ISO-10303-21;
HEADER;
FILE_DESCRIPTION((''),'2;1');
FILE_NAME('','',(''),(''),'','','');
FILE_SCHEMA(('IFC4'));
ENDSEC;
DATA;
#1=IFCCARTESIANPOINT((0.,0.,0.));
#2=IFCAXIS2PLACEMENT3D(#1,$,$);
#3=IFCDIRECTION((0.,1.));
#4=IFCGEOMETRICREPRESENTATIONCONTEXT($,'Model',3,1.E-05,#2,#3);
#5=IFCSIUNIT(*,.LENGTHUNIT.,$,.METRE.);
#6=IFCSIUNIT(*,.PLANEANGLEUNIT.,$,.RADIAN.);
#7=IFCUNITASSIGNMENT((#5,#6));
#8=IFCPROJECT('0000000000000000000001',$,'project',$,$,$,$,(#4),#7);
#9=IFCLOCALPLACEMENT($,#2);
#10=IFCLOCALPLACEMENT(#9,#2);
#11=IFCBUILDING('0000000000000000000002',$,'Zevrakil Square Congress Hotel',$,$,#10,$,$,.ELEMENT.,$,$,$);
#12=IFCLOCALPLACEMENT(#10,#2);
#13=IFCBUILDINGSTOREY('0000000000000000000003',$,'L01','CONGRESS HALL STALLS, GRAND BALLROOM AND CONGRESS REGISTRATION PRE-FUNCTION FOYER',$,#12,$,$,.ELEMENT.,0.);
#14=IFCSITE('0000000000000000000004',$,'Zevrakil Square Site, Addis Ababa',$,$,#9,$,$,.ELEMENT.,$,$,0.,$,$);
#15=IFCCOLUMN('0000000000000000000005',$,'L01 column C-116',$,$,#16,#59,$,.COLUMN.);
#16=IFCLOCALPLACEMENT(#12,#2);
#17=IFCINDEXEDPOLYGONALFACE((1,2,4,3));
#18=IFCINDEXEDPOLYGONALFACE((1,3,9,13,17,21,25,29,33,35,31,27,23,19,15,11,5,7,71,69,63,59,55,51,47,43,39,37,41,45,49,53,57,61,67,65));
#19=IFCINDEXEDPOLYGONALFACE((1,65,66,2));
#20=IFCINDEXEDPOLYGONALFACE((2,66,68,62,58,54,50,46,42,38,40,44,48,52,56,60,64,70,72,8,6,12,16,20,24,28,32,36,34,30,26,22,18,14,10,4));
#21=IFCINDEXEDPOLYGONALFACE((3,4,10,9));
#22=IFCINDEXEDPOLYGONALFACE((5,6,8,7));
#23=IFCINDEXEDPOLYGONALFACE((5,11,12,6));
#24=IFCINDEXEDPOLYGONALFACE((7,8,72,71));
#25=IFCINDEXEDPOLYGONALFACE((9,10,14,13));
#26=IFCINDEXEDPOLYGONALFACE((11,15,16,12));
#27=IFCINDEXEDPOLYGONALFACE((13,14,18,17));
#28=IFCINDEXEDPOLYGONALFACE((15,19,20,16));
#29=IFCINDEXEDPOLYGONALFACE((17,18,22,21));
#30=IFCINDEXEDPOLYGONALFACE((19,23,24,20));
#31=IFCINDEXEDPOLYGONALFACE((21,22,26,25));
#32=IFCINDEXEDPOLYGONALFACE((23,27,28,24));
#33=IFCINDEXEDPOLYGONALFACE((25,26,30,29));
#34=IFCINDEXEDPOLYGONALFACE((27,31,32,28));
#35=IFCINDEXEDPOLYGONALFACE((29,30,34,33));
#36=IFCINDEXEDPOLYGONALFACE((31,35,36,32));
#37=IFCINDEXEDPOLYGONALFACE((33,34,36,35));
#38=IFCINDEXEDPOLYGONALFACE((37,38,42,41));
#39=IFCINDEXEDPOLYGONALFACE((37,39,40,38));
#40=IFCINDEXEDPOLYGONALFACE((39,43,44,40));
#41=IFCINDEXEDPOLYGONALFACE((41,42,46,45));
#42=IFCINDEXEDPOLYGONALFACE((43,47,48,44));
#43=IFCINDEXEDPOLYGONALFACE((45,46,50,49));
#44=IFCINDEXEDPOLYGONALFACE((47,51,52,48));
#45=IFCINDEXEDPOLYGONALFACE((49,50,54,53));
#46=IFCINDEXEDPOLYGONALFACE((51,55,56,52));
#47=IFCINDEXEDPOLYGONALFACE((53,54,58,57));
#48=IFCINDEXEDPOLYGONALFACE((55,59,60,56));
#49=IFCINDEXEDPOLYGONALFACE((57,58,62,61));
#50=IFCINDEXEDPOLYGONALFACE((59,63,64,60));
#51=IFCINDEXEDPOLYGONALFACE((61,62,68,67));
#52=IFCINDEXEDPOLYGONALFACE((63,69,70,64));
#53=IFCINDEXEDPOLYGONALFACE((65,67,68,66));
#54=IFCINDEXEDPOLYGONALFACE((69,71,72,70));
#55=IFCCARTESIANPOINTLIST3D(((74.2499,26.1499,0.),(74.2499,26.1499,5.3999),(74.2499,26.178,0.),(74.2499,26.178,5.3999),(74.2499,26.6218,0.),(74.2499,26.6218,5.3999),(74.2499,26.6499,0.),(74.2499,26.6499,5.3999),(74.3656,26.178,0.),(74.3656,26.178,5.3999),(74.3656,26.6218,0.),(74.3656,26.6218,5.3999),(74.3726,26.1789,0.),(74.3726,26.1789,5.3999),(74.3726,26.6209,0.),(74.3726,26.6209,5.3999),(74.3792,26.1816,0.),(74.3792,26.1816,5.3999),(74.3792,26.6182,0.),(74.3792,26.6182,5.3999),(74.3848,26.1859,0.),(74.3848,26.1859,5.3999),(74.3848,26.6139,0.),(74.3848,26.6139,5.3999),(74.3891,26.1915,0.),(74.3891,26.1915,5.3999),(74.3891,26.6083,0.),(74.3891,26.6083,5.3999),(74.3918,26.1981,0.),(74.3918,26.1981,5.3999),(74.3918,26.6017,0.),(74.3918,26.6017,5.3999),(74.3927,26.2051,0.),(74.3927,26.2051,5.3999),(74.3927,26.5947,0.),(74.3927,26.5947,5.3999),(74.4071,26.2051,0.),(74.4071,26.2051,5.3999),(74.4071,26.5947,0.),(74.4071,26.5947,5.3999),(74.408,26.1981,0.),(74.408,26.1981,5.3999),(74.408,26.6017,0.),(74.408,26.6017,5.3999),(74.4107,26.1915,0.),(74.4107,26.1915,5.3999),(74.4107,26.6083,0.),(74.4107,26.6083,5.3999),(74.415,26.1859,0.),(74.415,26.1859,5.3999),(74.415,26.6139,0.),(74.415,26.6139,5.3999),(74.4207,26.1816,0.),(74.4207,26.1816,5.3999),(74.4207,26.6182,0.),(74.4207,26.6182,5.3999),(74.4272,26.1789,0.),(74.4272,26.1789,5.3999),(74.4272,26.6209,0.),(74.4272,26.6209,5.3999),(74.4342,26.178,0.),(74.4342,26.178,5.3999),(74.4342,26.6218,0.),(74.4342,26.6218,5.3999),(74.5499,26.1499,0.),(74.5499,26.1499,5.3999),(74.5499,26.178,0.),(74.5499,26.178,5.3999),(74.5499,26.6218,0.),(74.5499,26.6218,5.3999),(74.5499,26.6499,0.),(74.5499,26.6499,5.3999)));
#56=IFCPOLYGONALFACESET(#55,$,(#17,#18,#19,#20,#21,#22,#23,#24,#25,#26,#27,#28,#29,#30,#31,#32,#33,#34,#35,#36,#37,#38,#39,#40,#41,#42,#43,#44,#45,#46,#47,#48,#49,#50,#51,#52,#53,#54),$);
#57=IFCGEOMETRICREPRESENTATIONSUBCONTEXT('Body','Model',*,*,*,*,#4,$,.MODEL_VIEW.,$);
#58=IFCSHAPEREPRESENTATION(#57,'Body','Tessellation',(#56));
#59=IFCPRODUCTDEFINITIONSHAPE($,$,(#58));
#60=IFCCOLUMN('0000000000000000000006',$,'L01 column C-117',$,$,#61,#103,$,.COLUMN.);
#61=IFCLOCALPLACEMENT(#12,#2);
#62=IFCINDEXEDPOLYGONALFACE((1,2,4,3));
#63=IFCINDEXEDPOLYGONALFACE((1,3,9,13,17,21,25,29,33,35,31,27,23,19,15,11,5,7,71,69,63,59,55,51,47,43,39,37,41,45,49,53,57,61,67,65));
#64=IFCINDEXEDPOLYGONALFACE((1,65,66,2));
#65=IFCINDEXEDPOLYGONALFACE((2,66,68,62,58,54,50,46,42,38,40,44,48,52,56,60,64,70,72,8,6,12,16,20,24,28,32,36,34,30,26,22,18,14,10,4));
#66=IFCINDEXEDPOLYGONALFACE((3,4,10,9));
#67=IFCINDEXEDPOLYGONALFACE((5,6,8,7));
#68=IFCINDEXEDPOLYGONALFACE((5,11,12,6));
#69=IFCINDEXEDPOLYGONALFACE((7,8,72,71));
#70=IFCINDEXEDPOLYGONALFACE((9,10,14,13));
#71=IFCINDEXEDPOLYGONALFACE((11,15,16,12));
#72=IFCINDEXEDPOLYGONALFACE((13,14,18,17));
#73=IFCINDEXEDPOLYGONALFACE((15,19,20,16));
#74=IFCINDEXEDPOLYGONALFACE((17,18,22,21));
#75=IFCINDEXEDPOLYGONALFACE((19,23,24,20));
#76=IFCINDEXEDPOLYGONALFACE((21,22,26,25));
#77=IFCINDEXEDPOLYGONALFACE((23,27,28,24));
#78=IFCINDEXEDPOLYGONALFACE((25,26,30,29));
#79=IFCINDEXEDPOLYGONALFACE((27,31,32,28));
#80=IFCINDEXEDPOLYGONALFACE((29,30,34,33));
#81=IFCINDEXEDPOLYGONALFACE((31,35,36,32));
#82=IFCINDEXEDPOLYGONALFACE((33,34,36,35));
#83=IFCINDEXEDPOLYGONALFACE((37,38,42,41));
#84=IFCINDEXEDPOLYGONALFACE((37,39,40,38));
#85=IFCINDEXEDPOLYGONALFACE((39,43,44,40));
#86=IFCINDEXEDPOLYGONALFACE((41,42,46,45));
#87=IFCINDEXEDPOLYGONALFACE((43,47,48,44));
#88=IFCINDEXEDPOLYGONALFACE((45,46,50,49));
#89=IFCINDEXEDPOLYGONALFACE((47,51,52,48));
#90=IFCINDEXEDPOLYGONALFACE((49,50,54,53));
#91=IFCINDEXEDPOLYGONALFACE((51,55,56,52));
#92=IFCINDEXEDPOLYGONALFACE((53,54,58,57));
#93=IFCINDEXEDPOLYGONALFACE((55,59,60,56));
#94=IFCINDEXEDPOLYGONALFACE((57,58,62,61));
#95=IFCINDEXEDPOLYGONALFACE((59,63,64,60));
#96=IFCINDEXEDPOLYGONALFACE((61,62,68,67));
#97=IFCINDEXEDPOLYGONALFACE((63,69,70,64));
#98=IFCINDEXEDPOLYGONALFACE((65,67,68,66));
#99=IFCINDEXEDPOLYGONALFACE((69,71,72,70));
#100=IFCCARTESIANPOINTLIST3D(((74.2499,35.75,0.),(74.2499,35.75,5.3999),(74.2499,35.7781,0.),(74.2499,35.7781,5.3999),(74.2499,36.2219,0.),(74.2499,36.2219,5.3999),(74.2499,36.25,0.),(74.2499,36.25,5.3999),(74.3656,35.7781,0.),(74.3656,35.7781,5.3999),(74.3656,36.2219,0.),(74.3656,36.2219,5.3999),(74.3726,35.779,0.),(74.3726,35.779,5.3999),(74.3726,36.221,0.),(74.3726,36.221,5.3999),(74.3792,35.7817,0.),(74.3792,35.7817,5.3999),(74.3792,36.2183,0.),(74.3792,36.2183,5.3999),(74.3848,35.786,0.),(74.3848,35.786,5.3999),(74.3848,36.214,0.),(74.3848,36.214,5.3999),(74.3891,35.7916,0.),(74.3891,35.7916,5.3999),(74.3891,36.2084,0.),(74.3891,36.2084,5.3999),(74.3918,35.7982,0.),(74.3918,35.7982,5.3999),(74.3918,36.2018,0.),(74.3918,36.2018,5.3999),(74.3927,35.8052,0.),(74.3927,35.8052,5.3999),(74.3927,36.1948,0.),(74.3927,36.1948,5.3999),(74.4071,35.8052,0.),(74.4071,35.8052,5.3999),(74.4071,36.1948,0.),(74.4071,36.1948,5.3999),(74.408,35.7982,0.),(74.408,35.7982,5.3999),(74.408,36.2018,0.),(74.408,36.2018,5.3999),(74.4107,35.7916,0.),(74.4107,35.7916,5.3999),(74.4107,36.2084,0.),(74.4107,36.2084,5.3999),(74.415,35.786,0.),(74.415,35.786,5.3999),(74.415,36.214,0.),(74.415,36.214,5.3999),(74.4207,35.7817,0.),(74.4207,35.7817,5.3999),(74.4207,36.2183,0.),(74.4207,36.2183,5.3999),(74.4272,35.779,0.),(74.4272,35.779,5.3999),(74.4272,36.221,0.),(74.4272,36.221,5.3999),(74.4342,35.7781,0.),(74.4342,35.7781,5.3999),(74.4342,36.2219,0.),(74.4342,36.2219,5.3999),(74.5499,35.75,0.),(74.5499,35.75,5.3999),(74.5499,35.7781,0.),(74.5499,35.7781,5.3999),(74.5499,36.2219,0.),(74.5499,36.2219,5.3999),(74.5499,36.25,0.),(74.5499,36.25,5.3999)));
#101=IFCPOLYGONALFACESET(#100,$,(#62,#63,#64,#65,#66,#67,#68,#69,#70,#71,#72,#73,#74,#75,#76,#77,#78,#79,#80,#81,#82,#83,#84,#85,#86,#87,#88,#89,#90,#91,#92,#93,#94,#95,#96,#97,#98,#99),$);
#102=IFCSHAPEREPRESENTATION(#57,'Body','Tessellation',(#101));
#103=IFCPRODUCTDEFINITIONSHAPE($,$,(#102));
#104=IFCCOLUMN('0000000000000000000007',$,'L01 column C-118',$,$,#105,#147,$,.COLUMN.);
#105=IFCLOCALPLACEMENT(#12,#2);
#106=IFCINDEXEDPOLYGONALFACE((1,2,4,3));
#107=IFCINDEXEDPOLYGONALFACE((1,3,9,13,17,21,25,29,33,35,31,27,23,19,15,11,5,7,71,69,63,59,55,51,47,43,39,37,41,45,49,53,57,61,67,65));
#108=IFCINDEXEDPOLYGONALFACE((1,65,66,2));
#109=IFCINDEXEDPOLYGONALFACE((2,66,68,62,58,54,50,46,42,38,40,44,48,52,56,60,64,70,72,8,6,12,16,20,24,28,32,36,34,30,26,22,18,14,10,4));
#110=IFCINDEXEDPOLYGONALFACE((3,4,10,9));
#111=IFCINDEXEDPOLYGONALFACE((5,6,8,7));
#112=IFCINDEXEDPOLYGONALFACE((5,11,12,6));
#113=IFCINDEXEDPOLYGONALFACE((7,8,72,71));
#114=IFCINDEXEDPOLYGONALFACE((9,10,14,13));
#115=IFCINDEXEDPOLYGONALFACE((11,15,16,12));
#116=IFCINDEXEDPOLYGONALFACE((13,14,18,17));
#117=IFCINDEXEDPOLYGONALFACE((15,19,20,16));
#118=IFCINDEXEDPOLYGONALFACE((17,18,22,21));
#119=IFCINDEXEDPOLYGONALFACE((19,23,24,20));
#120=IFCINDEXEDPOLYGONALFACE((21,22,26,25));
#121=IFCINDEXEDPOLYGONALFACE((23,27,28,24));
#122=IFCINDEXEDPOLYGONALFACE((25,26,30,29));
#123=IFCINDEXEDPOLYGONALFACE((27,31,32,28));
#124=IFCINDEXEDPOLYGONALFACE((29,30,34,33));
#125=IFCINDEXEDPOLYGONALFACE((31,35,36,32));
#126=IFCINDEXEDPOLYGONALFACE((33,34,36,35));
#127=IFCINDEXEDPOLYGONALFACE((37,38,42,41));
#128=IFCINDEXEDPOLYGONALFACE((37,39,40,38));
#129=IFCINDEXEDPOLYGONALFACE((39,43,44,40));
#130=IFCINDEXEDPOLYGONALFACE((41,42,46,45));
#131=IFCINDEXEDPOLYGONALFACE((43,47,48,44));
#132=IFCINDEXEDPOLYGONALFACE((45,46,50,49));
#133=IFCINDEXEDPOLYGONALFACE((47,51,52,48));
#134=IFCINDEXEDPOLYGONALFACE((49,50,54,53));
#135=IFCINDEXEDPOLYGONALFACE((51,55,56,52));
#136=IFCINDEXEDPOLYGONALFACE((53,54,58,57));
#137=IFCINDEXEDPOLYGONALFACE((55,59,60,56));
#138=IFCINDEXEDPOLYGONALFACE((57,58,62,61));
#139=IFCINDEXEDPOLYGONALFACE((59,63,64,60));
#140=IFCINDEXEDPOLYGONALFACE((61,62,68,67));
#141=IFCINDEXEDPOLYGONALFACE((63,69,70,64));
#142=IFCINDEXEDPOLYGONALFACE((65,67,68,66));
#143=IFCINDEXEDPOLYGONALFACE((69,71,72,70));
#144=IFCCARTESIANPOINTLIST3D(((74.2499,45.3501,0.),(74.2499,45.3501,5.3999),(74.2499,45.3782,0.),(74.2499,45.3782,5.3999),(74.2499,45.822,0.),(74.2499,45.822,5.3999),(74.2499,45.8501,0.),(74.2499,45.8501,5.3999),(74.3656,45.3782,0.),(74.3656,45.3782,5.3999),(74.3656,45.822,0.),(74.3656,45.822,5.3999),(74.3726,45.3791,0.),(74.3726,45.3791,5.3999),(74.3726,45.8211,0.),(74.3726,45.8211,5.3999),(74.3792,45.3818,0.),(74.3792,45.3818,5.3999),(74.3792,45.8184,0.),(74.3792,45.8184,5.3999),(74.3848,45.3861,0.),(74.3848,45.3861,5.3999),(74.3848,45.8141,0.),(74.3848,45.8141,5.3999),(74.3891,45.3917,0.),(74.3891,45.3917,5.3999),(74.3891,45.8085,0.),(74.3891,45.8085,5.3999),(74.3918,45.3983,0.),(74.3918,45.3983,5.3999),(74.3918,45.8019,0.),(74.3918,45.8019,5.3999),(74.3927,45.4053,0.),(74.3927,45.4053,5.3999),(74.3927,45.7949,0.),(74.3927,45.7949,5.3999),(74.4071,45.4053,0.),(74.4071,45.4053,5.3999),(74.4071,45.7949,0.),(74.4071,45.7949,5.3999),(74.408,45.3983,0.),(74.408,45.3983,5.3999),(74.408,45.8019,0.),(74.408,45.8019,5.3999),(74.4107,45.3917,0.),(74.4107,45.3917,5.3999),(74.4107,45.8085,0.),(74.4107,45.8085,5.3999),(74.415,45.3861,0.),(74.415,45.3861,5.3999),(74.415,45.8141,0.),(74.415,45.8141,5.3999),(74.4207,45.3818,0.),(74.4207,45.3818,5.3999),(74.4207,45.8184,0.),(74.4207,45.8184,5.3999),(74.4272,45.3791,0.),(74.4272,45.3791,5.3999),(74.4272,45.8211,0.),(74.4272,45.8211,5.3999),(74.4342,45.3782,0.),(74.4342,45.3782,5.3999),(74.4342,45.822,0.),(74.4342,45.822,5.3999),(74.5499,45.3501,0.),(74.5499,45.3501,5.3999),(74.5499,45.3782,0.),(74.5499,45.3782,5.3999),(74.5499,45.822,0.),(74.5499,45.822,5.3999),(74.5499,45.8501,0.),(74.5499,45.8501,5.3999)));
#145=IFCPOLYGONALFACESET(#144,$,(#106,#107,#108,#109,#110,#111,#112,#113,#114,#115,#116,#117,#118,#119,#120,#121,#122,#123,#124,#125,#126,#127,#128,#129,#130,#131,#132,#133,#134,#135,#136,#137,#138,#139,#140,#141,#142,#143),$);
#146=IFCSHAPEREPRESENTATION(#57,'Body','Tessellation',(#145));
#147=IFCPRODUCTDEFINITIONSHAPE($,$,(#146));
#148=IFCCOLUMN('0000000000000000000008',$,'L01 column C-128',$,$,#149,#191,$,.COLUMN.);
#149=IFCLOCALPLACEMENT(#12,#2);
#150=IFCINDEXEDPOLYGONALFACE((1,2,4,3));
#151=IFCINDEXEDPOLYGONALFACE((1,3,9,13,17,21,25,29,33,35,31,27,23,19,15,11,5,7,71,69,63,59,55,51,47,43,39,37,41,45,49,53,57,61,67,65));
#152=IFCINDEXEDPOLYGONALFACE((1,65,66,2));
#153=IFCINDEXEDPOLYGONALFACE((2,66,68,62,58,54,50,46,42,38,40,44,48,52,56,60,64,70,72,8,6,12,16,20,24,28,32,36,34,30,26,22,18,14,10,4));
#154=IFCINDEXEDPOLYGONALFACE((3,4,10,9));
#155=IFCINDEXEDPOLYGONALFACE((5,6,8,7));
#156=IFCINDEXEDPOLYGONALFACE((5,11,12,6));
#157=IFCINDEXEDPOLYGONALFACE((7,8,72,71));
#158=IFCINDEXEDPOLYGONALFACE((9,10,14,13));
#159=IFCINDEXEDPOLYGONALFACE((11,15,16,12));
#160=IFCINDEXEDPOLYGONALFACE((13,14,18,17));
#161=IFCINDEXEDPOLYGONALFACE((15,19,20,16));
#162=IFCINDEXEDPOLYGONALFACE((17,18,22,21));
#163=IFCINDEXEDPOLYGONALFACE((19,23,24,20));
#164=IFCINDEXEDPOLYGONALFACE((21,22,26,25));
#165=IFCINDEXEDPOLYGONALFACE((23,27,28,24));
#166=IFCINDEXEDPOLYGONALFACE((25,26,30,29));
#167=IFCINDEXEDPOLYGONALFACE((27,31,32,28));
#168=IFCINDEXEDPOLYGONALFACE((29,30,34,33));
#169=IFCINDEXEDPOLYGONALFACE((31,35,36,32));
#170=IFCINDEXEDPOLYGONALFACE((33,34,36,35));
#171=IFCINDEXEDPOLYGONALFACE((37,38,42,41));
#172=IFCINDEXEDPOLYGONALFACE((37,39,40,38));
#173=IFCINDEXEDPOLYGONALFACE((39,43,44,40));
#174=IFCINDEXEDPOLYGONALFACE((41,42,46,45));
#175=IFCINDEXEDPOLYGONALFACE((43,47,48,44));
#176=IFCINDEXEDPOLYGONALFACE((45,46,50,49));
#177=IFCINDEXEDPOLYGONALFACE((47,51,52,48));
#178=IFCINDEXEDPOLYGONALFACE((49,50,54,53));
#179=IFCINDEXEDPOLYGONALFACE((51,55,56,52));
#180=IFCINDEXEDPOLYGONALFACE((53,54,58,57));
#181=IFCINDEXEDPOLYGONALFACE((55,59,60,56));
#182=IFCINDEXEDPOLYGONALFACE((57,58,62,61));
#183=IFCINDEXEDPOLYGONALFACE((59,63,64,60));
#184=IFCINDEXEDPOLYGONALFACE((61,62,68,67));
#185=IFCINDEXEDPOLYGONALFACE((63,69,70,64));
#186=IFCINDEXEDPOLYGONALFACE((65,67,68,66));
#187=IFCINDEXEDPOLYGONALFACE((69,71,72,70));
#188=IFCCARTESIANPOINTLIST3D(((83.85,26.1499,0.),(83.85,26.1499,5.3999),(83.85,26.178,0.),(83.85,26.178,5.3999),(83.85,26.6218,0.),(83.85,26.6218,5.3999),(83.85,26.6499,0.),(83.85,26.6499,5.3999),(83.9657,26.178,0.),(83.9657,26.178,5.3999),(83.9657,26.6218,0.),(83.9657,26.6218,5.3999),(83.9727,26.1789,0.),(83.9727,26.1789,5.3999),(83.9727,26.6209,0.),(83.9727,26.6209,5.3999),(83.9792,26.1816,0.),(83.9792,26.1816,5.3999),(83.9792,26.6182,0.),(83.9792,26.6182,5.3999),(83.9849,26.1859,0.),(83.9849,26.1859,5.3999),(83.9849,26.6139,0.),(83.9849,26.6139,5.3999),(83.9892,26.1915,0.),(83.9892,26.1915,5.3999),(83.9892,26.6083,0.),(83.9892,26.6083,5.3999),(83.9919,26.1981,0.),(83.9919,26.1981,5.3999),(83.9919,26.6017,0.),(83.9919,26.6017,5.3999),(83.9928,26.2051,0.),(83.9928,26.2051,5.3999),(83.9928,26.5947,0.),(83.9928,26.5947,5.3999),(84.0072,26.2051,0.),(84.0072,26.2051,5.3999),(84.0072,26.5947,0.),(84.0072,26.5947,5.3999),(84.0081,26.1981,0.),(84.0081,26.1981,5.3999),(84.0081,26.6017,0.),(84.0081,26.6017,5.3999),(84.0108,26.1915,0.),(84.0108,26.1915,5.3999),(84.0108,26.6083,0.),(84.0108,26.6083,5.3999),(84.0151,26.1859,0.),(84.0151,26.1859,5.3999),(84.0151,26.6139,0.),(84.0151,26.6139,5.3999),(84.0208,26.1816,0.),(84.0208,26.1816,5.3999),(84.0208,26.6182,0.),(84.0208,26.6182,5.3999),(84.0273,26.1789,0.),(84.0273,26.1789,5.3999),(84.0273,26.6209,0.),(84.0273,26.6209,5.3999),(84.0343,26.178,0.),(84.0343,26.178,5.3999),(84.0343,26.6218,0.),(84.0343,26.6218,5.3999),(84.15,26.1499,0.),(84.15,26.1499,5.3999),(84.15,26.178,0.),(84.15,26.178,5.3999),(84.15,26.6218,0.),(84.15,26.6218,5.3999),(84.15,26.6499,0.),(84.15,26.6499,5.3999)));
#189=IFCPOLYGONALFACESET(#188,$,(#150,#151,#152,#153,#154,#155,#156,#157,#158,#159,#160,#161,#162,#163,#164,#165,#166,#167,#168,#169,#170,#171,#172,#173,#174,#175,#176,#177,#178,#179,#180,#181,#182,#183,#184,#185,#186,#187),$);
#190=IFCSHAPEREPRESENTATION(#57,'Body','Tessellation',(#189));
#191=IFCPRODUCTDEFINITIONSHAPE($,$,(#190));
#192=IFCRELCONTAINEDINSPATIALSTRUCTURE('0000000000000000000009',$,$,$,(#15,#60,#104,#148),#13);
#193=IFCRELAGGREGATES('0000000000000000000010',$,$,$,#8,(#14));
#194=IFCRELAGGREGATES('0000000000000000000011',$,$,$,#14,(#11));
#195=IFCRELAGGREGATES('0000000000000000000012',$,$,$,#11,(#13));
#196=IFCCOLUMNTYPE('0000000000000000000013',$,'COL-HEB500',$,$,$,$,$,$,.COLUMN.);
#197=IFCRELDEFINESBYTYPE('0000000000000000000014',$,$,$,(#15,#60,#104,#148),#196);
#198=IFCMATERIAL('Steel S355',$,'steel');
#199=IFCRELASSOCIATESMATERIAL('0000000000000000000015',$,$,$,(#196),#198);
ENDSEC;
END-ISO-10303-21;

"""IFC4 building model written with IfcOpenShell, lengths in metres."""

from ifc_helpers import new_model, si_unit, direction, frame, origin, origin_2d, place, context, subcontext, project, spatial, i_section, extrude, material, material_profile, profile_set, type_object, element, save


model = new_model("IFC4")

# Units and contexts
model_context = context("Model", 3, precision=1e-05, world=origin(), true_north=direction((0.0, 1.0)))
body_context = subcontext(model_context, "Body", "Model", "MODEL_VIEW")
ifc_project = project(units=[si_unit("LENGTHUNIT", "METRE"), si_unit("PLANEANGLEUNIT", "RADIAN")], contexts=[model_context])

# Site, building, storey
site_placement = place(None, origin())
site = spatial("IfcSite", under=ifc_project, at=site_placement, Name="Zevrakil Square Site, Addis Ababa", CompositionType="ELEMENT", RefElevation=0.0)
building_placement = place(site_placement, origin())
building = spatial("IfcBuilding", under=site, at=building_placement, Name="Zevrakil Square Congress Hotel", CompositionType="ELEMENT")
storey_placement = place(building_placement, origin())
storey = spatial("IfcBuildingStorey", under=building, at=storey_placement, Name="L01", Description="CONGRESS HALL STALLS, GRAND BALLROOM AND CONGRESS REGISTRATION PRE-FUNCTION FOYER", CompositionType="ELEMENT", Elevation=0.0)

# Columns
ifc_material_1 = material(Name="Steel S355", Category="steel")
ifc_material_profile_1 = material_profile(ifc_material_1, i_section(OverallWidth=0.3, OverallDepth=0.5, WebThickness=0.0144, FlangeThickness=0.0281, FilletRadius=0.0271, at=origin_2d()), Name="HEB 500")
ifc_profile_set_1 = profile_set([ifc_material_profile_1], Name="Steel S355")
column_type = type_object("IfcColumnType", Name="COL-HEB500", PredefinedType="COLUMN", material=ifc_profile_set_1)
for number, where, z_axis, x_axis, name in (
    (1, (74.3999, 26.3999, 0.0), (0.0, 0.0, 1.0), (1.0, 0.0, 0.0), "L01 column C-116"),
    (2, (74.3999, 36.0, 0.0), (0.0, 0.0, 1.0), (1.0, 0.0, 0.0), "L01 column C-117"),
    (3, (74.3999, 45.6001, 0.0), (0.0, 0.0, 1.0), (1.0, 0.0, 0.0), "L01 column C-118"),
    (4, (84.0, 26.3999, 0.0), (0.0, 0.0, 1.0), (1.0, 0.0, 0.0), "L01 column C-128"),
):
    element("IfcColumn", number, at=place(storey_placement, frame(where, z_axis=z_axis, x_axis=x_axis)), inside=storey, type_object=column_type, Name=name, PredefinedType="COLUMN", context=body_context, shape_type="SweptSolid", body=[
        extrude(i_section(OverallWidth=0.3, OverallDepth=0.5, WebThickness=0.0144, FlangeThickness=0.0281, FilletRadius=0.0271, at=origin_2d()), origin(), (0.0, 0.0, 1.0), 5.3999),
    ])

save(model, "model.ifc")
